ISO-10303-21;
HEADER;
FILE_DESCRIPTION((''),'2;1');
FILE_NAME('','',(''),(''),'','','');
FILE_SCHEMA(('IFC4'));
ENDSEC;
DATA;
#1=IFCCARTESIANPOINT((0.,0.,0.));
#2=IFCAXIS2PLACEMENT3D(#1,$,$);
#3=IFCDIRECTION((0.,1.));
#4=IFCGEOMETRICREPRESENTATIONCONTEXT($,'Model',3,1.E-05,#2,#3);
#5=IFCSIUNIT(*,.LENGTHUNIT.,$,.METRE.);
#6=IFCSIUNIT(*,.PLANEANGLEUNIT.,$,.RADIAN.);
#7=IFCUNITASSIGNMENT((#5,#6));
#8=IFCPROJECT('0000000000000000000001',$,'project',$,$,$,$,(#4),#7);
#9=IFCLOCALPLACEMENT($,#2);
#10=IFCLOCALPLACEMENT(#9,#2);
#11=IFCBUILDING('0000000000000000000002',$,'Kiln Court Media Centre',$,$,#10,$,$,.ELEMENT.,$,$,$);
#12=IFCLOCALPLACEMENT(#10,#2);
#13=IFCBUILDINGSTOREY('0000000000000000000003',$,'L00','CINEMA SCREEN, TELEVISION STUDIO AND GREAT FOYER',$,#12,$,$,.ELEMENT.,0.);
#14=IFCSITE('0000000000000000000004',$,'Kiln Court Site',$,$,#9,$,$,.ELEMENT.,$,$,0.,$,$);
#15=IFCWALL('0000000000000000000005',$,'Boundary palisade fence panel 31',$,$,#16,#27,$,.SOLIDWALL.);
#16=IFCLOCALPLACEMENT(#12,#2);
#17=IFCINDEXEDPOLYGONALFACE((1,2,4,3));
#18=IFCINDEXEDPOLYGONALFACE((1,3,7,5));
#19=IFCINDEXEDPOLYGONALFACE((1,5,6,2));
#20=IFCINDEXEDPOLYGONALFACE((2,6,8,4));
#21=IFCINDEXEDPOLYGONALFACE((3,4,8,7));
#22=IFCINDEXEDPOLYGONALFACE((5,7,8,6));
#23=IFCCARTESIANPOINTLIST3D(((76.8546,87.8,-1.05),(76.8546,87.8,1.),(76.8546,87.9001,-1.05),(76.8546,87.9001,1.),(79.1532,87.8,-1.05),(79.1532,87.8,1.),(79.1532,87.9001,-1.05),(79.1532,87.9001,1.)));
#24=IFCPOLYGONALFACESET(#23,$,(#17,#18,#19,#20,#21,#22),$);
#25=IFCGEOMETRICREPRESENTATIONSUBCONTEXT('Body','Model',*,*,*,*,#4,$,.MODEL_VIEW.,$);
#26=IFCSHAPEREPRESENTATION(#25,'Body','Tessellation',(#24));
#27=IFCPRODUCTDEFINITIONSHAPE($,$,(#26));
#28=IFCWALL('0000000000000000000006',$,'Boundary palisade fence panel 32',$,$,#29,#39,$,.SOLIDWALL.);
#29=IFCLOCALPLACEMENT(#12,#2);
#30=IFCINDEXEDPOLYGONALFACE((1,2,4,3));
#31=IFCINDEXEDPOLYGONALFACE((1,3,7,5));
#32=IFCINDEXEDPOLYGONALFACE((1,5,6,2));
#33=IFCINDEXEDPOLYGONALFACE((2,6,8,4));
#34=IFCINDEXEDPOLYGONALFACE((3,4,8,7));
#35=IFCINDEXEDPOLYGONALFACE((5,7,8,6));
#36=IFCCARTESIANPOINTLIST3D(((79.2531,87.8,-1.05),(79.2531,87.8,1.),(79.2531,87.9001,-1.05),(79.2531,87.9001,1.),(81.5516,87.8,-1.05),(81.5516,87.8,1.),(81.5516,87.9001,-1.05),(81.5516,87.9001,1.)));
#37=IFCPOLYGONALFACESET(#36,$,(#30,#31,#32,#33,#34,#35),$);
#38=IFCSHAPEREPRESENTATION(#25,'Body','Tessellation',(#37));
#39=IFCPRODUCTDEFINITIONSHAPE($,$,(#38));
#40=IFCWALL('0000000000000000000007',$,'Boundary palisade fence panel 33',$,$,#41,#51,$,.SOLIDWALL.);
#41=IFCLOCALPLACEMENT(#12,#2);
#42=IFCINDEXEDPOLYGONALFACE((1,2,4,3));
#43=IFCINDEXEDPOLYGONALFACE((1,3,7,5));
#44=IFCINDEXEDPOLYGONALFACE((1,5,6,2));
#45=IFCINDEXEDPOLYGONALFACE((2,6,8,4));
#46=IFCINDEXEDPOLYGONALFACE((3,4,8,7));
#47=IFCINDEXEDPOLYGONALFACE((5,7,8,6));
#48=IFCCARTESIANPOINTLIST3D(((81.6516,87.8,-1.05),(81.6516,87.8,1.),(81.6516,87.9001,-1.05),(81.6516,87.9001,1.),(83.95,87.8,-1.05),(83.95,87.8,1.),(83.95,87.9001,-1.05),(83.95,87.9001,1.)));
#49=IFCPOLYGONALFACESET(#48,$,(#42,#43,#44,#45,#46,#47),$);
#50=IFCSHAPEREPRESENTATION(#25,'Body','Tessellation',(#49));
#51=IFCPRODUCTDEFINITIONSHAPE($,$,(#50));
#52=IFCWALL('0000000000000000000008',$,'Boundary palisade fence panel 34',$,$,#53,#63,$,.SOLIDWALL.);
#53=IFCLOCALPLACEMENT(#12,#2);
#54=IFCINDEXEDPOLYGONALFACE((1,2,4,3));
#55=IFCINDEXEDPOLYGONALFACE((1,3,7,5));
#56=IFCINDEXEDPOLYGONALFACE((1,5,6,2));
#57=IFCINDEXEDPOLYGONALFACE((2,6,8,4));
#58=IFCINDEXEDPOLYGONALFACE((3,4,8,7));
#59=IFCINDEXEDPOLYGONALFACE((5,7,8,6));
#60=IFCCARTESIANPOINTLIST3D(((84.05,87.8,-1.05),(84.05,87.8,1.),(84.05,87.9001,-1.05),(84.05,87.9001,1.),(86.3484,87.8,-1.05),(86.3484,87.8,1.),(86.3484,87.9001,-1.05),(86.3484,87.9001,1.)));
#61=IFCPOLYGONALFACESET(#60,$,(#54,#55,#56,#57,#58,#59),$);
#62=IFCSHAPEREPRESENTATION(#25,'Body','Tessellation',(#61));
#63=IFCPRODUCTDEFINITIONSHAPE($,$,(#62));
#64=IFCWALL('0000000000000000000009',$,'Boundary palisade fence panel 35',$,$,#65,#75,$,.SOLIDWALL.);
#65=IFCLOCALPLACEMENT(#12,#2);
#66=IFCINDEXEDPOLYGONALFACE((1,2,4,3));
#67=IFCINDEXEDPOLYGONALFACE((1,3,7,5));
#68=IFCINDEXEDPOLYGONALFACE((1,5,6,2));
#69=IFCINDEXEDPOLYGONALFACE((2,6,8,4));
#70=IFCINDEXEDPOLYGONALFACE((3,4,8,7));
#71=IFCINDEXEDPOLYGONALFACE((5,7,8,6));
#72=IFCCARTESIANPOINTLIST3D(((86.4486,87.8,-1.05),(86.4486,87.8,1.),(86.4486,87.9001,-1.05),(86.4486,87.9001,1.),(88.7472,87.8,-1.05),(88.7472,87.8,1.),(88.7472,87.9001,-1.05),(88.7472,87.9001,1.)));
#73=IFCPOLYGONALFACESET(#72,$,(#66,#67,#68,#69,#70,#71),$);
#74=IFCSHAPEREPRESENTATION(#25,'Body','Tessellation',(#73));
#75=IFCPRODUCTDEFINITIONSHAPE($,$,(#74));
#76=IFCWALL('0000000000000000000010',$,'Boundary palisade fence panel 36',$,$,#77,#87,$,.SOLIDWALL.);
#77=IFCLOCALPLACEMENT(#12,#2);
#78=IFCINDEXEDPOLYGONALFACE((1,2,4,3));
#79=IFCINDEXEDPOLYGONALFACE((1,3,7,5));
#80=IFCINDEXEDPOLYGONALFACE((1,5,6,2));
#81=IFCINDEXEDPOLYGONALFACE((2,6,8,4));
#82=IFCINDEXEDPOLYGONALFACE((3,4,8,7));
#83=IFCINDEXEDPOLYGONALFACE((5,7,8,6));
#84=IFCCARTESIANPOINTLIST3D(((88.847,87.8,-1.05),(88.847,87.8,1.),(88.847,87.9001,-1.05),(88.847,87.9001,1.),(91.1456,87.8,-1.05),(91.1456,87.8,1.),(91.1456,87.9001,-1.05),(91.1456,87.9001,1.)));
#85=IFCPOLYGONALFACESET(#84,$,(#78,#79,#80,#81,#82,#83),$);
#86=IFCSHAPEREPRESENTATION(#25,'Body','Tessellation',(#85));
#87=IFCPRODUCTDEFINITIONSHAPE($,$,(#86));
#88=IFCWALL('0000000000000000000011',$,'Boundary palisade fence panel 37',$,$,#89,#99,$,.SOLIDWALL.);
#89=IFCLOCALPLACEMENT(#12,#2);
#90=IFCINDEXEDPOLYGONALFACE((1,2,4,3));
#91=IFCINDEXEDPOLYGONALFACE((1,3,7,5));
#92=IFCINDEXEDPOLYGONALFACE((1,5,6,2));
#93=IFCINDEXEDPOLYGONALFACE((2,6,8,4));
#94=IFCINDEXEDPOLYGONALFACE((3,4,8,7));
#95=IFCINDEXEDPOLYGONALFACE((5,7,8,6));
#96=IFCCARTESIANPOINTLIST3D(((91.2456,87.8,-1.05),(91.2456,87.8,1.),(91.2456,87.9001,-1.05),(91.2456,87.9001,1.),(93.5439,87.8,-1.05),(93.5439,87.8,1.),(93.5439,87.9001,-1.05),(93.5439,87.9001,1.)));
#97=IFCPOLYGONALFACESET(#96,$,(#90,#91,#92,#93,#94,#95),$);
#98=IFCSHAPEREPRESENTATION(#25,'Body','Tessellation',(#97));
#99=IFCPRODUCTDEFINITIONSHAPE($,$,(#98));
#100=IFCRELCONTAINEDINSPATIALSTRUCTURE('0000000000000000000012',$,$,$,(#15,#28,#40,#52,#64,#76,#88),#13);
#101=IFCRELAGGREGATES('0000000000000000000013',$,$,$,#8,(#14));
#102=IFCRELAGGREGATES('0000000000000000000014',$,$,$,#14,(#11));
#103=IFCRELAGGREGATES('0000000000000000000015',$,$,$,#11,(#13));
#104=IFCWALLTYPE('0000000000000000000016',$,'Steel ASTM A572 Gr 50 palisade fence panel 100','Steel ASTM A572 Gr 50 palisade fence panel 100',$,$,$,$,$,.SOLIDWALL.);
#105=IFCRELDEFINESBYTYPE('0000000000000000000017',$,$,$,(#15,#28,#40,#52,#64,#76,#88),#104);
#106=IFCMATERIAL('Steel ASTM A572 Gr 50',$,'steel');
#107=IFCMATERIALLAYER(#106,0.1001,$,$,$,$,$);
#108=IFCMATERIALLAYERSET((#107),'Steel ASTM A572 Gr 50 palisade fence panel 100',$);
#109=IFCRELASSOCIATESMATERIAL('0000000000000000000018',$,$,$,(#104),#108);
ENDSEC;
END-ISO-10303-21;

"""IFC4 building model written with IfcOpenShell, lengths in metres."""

from ifc_helpers import new_model, si_unit, direction, frame, frame_2d, origin, place, context, subcontext, project, spatial, rectangle, extrude, material, layer, layer_set, type_object, element, save


model = new_model("IFC4")

# Units and contexts
model_context = context("Model", 3, precision=1e-05, world=origin(), true_north=direction((0.0, 1.0)))
body_context = subcontext(model_context, "Body", "Model", "MODEL_VIEW")
ifc_project = project(units=[si_unit("LENGTHUNIT", "METRE"), si_unit("PLANEANGLEUNIT", "RADIAN")], contexts=[model_context])

# Site, building, storey
site_placement = place(None, origin())
site = spatial("IfcSite", under=ifc_project, at=site_placement, Name="Kiln Court Site", CompositionType="ELEMENT", RefElevation=0.0)
building_placement = place(site_placement, origin())
building = spatial("IfcBuilding", under=site, at=building_placement, Name="Kiln Court Media Centre", CompositionType="ELEMENT")
storey_placement = place(building_placement, origin())
storey = spatial("IfcBuildingStorey", under=building, at=storey_placement, Name="L00", Description="CINEMA SCREEN, TELEVISION STUDIO AND GREAT FOYER", CompositionType="ELEMENT", Elevation=0.0)

# Walls
ifc_material_1 = material(Name="Steel ASTM A572 Gr 50", Category="steel")
ifc_layer_1 = layer(ifc_material_1, 0.1001)
ifc_layer_set_1 = layer_set([ifc_layer_1], Name="Steel ASTM A572 Gr 50 palisade fence panel 100")
wall_type_1 = type_object("IfcWallType", Name="Steel ASTM A572 Gr 50 palisade fence panel 100", Description="Steel ASTM A572 Gr 50 palisade fence panel 100", PredefinedType="SOLIDWALL", material=ifc_layer_set_1)
for number, where, z_axis, x_axis, name in (
    (1, (76.8545, 87.8501, -1.05), (0.0, 0.0, 1.0), (1.0, 0.0, 0.0), "Boundary palisade fence panel 31"),
    (2, (79.2529, 87.8501, -1.05), (0.0, 0.0, 1.0), (1.0, 0.0, 0.0), "Boundary palisade fence panel 32"),
):
    element("IfcWall", number, at=place(storey_placement, frame(where, z_axis=z_axis, x_axis=x_axis)), inside=storey, type_object=wall_type_1, Name=name, PredefinedType="SOLIDWALL", context=body_context, shape_type="SweptSolid", body=[
        extrude(rectangle(XDim=2.2986, YDim=0.1001, at=frame_2d((1.1494, 0.0))), origin(), (0.0, 0.0, 1.0), 2.05),
    ])
for number, where, z_axis, x_axis, name in (
    (3, (81.6516, 87.8501, -1.05), (0.0, 0.0, 1.0), (1.0, 0.0, 0.0), "Boundary palisade fence panel 33"),
    (4, (84.05, 87.8501, -1.05), (0.0, 0.0, 1.0), (1.0, 0.0, 0.0), "Boundary palisade fence panel 34"),
):
    element("IfcWall", number, at=place(storey_placement, frame(where, z_axis=z_axis, x_axis=x_axis)), inside=storey, type_object=wall_type_1, Name=name, PredefinedType="SOLIDWALL", context=body_context, shape_type="SweptSolid", body=[
        extrude(rectangle(XDim=2.2983, YDim=0.1001, at=frame_2d((1.1492, 0.0))), origin(), (0.0, 0.0, 1.0), 2.05),
    ])
for number, where, z_axis, x_axis, name in (
    (5, (86.4485, 87.8501, -1.05), (0.0, 0.0, 1.0), (1.0, 0.0, 0.0), "Boundary palisade fence panel 35"),
    (6, (88.8469, 87.8501, -1.05), (0.0, 0.0, 1.0), (1.0, 0.0, 0.0), "Boundary palisade fence panel 36"),
):
    element("IfcWall", number, at=place(storey_placement, frame(where, z_axis=z_axis, x_axis=x_axis)), inside=storey, type_object=wall_type_1, Name=name, PredefinedType="SOLIDWALL", context=body_context, shape_type="SweptSolid", body=[
        extrude(rectangle(XDim=2.2986, YDim=0.1001, at=frame_2d((1.1494, 0.0))), origin(), (0.0, 0.0, 1.0), 2.05),
    ])
wall_1_placement = place(storey_placement, frame((91.2456, 87.8501, -1.05), z_axis=(0.0, 0.0, 1.0), x_axis=(1.0, 0.0, 0.0)))
element("IfcWall", 7, at=wall_1_placement, inside=storey, type_object=wall_type_1, Name="Boundary palisade fence panel 37", PredefinedType="SOLIDWALL", context=body_context, shape_type="SweptSolid", body=[
    extrude(rectangle(XDim=2.2983, YDim=0.1001, at=frame_2d((1.1492, 0.0))), origin(), (0.0, 0.0, 1.0), 2.05),
])

save(model, "model.ifc")
